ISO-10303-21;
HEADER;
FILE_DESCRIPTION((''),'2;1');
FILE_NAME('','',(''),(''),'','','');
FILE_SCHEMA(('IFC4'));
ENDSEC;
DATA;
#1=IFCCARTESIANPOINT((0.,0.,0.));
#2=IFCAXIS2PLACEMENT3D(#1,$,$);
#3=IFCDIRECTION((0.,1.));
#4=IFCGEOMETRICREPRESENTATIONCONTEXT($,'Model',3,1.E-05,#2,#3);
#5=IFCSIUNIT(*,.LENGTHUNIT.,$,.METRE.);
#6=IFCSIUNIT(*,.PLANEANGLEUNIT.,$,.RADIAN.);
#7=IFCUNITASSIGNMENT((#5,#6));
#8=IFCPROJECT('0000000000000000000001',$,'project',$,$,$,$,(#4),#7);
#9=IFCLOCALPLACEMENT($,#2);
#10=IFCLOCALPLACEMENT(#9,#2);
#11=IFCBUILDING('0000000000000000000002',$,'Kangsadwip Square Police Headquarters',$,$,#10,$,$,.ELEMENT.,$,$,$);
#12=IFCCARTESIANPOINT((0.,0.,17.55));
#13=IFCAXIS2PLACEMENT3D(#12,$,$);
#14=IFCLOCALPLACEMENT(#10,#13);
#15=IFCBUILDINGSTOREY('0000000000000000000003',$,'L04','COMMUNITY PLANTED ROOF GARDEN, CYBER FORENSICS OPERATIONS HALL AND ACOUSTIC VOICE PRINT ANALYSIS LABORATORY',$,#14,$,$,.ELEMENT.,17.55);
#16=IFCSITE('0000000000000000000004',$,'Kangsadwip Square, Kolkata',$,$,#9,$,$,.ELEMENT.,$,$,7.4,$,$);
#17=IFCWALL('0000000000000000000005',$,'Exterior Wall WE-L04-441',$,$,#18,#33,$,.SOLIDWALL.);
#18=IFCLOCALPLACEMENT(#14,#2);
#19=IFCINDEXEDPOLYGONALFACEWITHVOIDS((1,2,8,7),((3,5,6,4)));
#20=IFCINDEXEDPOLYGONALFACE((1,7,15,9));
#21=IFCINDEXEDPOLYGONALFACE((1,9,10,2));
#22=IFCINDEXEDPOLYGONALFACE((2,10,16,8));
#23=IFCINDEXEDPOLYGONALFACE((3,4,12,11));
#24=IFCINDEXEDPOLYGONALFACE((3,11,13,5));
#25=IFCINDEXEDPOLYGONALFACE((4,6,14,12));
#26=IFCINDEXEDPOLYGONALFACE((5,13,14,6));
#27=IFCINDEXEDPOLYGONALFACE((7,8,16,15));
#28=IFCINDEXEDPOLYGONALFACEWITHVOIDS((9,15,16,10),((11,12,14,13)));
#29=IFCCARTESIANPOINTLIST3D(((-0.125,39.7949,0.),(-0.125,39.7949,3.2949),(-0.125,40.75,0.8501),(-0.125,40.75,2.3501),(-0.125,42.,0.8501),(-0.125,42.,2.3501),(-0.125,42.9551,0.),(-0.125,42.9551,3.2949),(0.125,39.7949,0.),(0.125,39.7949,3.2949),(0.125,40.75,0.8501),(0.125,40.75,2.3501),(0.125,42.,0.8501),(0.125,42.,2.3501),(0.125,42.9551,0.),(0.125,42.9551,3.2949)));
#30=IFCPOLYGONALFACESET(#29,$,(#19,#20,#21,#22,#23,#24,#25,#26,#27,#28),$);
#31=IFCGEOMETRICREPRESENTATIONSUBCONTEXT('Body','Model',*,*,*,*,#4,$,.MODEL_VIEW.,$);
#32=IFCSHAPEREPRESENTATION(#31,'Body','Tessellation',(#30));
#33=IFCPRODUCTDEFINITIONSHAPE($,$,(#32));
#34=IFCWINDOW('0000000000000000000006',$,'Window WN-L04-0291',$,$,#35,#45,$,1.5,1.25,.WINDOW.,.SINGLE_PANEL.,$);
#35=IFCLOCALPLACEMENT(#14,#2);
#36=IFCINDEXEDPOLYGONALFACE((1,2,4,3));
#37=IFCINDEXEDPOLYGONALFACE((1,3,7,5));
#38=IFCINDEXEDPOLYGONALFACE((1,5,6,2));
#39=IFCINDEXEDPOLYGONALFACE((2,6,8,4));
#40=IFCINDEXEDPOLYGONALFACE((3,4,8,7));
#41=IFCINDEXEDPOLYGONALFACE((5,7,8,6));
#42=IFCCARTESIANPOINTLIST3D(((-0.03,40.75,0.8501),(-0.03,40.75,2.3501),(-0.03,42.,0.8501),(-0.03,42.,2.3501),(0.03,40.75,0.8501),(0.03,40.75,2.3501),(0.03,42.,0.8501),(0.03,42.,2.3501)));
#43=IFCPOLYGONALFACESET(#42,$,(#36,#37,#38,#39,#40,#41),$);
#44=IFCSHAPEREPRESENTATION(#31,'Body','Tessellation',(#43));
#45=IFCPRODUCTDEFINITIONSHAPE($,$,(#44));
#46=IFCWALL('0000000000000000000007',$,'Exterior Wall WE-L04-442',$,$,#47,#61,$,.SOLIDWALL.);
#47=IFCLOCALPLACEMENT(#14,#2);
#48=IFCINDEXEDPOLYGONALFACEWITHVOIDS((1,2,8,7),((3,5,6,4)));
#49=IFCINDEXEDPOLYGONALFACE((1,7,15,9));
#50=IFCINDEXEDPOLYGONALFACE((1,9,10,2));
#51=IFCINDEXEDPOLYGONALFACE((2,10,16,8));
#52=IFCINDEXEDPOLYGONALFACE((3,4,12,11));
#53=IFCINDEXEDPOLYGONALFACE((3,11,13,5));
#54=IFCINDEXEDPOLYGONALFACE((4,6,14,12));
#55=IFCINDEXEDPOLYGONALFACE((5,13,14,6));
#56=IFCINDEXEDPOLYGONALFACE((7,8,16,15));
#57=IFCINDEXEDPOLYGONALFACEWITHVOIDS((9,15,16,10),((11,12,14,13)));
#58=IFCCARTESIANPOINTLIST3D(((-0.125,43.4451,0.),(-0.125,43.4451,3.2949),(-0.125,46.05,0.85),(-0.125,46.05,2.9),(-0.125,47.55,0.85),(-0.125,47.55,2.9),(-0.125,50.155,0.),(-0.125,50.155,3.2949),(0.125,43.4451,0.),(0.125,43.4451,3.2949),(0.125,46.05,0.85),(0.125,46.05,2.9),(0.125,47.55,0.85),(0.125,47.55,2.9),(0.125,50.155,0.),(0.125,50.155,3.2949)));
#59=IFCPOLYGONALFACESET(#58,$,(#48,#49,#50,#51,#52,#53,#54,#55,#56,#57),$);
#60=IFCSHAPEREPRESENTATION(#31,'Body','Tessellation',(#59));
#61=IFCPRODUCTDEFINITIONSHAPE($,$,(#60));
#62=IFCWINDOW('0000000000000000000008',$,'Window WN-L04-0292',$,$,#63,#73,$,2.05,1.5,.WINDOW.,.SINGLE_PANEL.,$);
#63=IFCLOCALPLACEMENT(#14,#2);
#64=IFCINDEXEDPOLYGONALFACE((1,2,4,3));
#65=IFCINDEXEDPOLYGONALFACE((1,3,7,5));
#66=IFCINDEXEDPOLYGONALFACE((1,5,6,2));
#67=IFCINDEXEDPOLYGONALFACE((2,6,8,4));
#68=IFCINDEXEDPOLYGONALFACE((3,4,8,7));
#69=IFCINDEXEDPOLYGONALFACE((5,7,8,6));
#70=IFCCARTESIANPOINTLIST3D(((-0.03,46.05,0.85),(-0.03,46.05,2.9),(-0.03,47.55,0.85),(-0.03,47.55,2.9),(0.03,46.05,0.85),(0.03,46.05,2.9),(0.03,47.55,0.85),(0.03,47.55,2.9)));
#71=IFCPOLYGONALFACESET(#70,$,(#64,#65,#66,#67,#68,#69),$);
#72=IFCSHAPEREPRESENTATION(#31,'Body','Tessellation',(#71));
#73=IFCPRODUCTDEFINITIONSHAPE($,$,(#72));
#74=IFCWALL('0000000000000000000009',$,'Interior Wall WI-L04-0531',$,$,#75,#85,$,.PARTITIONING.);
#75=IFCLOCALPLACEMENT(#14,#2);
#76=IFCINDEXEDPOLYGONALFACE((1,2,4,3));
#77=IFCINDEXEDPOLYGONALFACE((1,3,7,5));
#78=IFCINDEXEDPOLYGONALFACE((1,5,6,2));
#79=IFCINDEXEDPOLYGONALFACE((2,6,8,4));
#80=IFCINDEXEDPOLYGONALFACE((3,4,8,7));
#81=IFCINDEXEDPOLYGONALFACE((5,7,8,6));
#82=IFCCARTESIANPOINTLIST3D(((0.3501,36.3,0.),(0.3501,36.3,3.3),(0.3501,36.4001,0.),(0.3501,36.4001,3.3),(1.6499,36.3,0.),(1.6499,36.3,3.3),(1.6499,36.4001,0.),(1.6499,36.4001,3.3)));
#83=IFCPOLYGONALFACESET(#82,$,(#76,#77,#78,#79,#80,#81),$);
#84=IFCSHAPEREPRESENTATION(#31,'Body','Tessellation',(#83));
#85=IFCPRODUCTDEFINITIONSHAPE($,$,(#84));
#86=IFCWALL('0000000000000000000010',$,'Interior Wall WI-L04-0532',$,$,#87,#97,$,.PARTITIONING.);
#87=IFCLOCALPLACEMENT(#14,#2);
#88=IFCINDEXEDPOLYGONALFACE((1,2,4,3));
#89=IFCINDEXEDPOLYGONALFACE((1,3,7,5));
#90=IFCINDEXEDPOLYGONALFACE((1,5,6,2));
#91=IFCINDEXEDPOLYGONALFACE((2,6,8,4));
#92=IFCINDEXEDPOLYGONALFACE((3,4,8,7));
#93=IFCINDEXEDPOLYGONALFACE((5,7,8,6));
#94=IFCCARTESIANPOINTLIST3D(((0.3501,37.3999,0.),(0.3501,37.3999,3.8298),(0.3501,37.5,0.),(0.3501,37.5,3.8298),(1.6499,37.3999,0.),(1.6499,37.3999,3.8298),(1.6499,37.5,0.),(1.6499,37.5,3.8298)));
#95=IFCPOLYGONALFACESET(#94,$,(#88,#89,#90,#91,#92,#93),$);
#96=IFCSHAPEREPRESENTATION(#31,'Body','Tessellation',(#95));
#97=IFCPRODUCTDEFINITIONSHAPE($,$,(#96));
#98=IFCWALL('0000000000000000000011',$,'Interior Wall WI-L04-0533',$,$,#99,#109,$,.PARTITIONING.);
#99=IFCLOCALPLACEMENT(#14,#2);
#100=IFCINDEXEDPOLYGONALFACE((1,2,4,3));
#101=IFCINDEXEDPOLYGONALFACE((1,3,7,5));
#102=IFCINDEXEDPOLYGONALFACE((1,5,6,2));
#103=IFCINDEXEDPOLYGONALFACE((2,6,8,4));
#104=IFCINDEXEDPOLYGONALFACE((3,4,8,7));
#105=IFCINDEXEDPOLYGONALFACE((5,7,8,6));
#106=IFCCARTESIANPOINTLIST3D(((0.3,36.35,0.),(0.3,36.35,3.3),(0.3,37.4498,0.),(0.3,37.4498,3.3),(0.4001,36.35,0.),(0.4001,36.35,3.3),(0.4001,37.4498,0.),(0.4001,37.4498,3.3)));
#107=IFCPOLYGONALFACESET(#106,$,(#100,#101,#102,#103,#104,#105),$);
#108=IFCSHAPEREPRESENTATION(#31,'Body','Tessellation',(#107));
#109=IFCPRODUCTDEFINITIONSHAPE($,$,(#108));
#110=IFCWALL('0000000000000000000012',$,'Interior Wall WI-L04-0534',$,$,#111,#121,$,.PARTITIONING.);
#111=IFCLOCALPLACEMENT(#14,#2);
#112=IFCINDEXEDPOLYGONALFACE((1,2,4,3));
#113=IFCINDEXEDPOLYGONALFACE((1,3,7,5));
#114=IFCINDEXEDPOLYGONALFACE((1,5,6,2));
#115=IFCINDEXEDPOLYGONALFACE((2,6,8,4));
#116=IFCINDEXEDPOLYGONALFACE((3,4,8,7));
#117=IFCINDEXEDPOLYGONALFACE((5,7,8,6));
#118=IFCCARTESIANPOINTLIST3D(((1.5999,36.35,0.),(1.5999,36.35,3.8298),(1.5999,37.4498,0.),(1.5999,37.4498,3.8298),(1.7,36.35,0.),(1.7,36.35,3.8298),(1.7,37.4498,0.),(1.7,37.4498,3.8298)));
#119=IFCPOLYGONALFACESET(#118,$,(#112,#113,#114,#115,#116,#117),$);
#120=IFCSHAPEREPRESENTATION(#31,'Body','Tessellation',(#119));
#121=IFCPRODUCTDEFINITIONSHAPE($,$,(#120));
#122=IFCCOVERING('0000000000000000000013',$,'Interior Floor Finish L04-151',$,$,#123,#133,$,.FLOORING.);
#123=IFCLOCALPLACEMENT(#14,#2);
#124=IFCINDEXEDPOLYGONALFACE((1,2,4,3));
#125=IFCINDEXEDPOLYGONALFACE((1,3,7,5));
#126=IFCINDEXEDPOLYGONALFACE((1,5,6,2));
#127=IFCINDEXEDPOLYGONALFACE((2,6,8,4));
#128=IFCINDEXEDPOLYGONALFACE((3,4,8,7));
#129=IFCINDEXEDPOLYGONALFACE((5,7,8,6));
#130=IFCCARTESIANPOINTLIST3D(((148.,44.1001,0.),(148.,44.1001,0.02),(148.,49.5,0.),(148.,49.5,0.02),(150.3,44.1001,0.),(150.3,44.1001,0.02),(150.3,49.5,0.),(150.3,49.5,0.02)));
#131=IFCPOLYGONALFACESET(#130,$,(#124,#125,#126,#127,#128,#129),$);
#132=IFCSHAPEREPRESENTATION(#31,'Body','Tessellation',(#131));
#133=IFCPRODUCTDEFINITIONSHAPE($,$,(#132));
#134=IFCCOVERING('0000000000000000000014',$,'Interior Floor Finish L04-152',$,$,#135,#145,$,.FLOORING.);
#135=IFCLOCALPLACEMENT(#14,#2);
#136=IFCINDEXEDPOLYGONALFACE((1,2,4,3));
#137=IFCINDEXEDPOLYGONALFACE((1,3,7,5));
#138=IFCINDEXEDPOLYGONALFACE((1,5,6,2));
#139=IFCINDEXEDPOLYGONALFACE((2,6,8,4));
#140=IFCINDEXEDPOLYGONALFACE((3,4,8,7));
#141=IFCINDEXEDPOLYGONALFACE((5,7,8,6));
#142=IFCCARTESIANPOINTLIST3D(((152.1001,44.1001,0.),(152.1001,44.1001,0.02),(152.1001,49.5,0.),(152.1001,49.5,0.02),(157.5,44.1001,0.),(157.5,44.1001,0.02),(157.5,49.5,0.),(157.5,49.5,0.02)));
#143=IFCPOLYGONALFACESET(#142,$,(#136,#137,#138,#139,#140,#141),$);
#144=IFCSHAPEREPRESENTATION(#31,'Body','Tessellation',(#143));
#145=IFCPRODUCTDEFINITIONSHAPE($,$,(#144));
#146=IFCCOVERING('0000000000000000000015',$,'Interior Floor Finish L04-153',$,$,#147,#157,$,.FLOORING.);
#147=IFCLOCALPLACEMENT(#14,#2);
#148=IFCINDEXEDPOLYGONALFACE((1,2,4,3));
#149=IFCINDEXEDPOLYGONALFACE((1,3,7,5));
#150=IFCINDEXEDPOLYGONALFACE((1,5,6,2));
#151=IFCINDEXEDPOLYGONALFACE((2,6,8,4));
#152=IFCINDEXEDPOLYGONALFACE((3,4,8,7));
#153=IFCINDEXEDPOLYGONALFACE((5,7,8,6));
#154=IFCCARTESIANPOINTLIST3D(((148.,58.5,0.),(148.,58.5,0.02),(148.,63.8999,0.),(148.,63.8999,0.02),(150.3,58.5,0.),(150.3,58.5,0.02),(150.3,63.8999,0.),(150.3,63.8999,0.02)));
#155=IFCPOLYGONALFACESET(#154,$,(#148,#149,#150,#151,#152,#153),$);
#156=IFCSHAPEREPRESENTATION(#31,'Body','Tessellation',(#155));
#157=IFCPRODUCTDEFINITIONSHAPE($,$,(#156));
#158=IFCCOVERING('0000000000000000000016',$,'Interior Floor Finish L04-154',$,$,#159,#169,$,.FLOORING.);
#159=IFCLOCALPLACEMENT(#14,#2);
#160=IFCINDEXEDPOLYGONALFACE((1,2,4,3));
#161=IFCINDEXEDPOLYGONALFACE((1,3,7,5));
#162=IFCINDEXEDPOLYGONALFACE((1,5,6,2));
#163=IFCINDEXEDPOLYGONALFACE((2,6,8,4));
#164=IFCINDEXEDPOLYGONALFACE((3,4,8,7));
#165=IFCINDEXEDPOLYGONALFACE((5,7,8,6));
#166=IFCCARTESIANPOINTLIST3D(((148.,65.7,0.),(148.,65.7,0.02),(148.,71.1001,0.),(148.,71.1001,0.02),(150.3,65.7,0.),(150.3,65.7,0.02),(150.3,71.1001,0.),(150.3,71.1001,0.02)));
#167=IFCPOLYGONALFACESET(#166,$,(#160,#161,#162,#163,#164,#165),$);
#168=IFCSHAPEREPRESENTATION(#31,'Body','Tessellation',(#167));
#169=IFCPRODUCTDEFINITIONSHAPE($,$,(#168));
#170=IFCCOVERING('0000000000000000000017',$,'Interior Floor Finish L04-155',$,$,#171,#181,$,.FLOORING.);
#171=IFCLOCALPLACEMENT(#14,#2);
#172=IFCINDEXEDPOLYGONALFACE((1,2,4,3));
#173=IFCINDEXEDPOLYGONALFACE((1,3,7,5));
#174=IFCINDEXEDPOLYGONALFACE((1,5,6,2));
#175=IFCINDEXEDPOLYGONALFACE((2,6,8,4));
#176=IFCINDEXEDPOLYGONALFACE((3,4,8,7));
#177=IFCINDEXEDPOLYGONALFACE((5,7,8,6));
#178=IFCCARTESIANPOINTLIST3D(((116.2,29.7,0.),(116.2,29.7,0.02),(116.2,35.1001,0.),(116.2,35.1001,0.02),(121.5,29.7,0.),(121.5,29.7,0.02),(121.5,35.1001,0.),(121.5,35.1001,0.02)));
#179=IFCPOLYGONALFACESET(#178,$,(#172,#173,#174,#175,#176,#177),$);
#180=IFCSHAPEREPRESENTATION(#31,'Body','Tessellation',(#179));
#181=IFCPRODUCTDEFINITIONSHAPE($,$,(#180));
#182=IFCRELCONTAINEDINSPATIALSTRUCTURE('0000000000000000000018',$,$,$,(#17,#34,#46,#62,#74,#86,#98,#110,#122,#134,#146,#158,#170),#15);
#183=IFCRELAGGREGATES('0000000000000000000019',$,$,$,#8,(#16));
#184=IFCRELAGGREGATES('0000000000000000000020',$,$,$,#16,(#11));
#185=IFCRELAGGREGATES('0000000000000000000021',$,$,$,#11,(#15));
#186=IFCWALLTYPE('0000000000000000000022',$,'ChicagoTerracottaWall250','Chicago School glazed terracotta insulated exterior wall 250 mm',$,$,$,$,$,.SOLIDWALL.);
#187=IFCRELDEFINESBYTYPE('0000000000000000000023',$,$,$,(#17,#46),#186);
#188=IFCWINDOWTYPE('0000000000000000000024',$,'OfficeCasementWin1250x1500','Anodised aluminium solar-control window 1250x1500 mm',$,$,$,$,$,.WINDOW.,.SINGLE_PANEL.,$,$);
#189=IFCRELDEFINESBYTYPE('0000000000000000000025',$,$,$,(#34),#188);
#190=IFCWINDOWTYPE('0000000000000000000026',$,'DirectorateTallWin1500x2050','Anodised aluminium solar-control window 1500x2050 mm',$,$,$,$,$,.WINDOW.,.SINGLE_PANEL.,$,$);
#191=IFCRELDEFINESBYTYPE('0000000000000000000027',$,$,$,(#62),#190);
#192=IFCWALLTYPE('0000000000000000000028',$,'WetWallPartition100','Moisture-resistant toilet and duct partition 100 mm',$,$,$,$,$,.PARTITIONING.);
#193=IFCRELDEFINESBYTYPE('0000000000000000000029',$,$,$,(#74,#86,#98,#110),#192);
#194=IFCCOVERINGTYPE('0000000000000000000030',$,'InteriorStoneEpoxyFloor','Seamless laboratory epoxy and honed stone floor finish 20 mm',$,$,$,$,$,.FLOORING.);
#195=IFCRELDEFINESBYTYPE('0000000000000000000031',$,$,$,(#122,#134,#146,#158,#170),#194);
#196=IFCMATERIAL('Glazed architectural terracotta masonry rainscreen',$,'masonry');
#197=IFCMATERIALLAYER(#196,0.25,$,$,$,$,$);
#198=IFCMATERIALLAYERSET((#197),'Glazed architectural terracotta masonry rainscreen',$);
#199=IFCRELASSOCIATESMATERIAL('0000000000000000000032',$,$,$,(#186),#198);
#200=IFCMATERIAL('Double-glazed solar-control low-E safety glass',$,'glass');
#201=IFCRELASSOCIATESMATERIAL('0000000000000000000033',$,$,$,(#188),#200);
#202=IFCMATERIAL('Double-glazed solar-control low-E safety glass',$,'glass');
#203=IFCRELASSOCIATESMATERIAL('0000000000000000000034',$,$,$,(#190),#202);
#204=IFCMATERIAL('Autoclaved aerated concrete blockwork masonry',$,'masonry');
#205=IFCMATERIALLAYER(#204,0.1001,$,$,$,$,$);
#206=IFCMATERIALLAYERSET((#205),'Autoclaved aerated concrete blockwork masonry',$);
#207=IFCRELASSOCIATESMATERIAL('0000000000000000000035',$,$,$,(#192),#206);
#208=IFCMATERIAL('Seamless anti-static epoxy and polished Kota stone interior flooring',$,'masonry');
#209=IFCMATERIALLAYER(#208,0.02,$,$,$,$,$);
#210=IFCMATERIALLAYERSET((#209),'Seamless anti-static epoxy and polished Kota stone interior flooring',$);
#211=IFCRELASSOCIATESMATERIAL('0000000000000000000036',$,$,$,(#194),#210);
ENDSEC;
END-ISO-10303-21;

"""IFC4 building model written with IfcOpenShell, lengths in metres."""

from ifc_helpers import new_model, si_unit, direction, frame, frame_2d, origin, place, context, subcontext, project, spatial, polyline, rectangle, outline, extrude, material, layer, layer_set, type_object, element, fill, save


model = new_model("IFC4")

# Units and contexts
model_context = context("Model", 3, precision=1e-05, world=origin(), true_north=direction((0.0, 1.0)))
body_context = subcontext(model_context, "Body", "Model", "MODEL_VIEW")
ifc_project = project(units=[si_unit("LENGTHUNIT", "METRE"), si_unit("PLANEANGLEUNIT", "RADIAN")], contexts=[model_context])

# Site, building, storey
site_placement = place(None, origin())
site = spatial("IfcSite", under=ifc_project, at=site_placement, Name="Kangsadwip Square, Kolkata", CompositionType="ELEMENT", RefElevation=7.4)
building_placement = place(site_placement, origin())
building = spatial("IfcBuilding", under=site, at=building_placement, Name="Kangsadwip Square Police Headquarters", CompositionType="ELEMENT")
storey_placement = place(building_placement, frame((0.0, 0.0, 17.55)))
storey = spatial("IfcBuildingStorey", under=building, at=storey_placement, Name="L04", Description="COMMUNITY PLANTED ROOF GARDEN, CYBER FORENSICS OPERATIONS HALL AND ACOUSTIC VOICE PRINT ANALYSIS LABORATORY", CompositionType="ELEMENT", Elevation=17.55)

# Walls, openings, windows
ifc_material_1 = material(Name="Glazed architectural terracotta masonry rainscreen", Category="masonry")
ifc_layer_1 = layer(ifc_material_1, 0.25)
ifc_layer_set_1 = layer_set([ifc_layer_1], Name="Glazed architectural terracotta masonry rainscreen")
wall_type_1 = type_object("IfcWallType", Name="ChicagoTerracottaWall250", Description="Chicago School glazed terracotta insulated exterior wall 250 mm", PredefinedType="SOLIDWALL", material=ifc_layer_set_1)
ifc_material_2 = material(Name="Double-glazed solar-control low-E safety glass", Category="glass")
window_type_1 = type_object("IfcWindowType", Name="OfficeCasementWin1250x1500", Description="Anodised aluminium solar-control window 1250x1500 mm", PartitioningType="SINGLE_PANEL", PredefinedType="WINDOW", material=ifc_material_2)
wall_1_placement = place(storey_placement, frame((0.0, 39.7949, 0.0), z_axis=(0.0, 0.0, 1.0), x_axis=(0.0, 1.0, 0.0)))
wall_1 = element("IfcWall", 1, at=wall_1_placement, inside=storey, type_object=wall_type_1, Name="Exterior Wall WE-L04-441", PredefinedType="SOLIDWALL", context=body_context, shape_type="SweptSolid", body=[
    extrude(rectangle(XDim=3.1602, YDim=0.25, at=frame_2d((1.5801, 0.0))), origin(), (0.0, 0.0, 1.0), 3.2949),
])
opening_1_placement = place(wall_1_placement, frame((0.9551, 0.0, 0.8501)))
opening_1 = element("IfcOpeningElement", 2, at=opening_1_placement, cuts=wall_1, PredefinedType="OPENING", context=body_context, shape_type="SweptSolid", body=[
    extrude(rectangle(XDim=1.25, YDim=1.5, at=frame_2d((0.625, 0.75))), frame((0.0, 0.135, 0.0), z_axis=(0.0, -1.0, 0.0), x_axis=(1.0, 0.0, 0.0)), (0.0, 0.0, 1.0), 0.27),
])
window_1_placement = place(opening_1_placement, origin())
window_1 = element("IfcWindow", 3, at=window_1_placement, inside=storey, type_object=window_type_1, Name="Window WN-L04-0291", OverallHeight=1.5, OverallWidth=1.25, PartitioningType="SINGLE_PANEL", PredefinedType="WINDOW", context=body_context, shape_type="SweptSolid", body=[
    extrude(rectangle(XDim=1.25, YDim=1.5, at=frame_2d((0.625, 0.75))), frame((0.0, 0.03, 0.0), z_axis=(0.0, -1.0, 0.0), x_axis=(1.0, 0.0, 0.0)), (0.0, 0.0, 1.0), 0.0601),
])
fill(opening_1, window_1)
wall_2_placement = place(storey_placement, frame((0.0, 43.4451, 0.0), z_axis=(0.0, 0.0, 1.0), x_axis=(0.0, 1.0, 0.0)))
wall_2 = element("IfcWall", 4, at=wall_2_placement, inside=storey, type_object=wall_type_1, Name="Exterior Wall WE-L04-442", PredefinedType="SOLIDWALL", context=body_context, shape_type="SweptSolid", body=[
    extrude(rectangle(XDim=6.71, YDim=0.25, at=frame_2d((3.355, 0.0))), origin(), (0.0, 0.0, 1.0), 3.2949),
])
opening_2_placement = place(wall_2_placement, frame((2.605, 0.0, 0.8501)))
opening_2 = element("IfcOpeningElement", 5, at=opening_2_placement, cuts=wall_2, PredefinedType="OPENING", context=body_context, shape_type="SweptSolid", body=[
    extrude(rectangle(XDim=1.5, YDim=2.05, at=frame_2d((0.75, 1.0249))), frame((0.0, 0.135, 0.0), z_axis=(0.0, -1.0, 0.0), x_axis=(1.0, 0.0, 0.0)), (0.0, 0.0, 1.0), 0.27),
])
ifc_material_3 = material(Name="Double-glazed solar-control low-E safety glass", Category="glass")
window_type_2 = type_object("IfcWindowType", Name="DirectorateTallWin1500x2050", Description="Anodised aluminium solar-control window 1500x2050 mm", PartitioningType="SINGLE_PANEL", PredefinedType="WINDOW", material=ifc_material_3)
window_2_placement = place(opening_2_placement, origin())
window_2 = element("IfcWindow", 6, at=window_2_placement, inside=storey, type_object=window_type_2, Name="Window WN-L04-0292", OverallHeight=2.05, OverallWidth=1.5, PartitioningType="SINGLE_PANEL", PredefinedType="WINDOW", context=body_context, shape_type="SweptSolid", body=[
    extrude(rectangle(XDim=1.5, YDim=2.05, at=frame_2d((0.75, 1.0249))), frame((0.0, 0.03, 0.0), z_axis=(0.0, -1.0, 0.0), x_axis=(1.0, 0.0, 0.0)), (0.0, 0.0, 1.0), 0.0601),
])
fill(opening_2, window_2)

# Walls
ifc_material_4 = material(Name="Autoclaved aerated concrete blockwork masonry", Category="masonry")
ifc_layer_2 = layer(ifc_material_4, 0.1001)
ifc_layer_set_2 = layer_set([ifc_layer_2], Name="Autoclaved aerated concrete blockwork masonry")
wall_type_2 = type_object("IfcWallType", Name="WetWallPartition100", Description="Moisture-resistant toilet and duct partition 100 mm", PredefinedType="PARTITIONING", material=ifc_layer_set_2)
wall_3_placement = place(storey_placement, frame((0.3501, 36.3501, 0.0), z_axis=(0.0, 0.0, 1.0), x_axis=(1.0, 0.0, 0.0)))
element("IfcWall", 7, at=wall_3_placement, inside=storey, type_object=wall_type_2, Name="Interior Wall WI-L04-0531", PredefinedType="PARTITIONING", context=body_context, shape_type="SweptSolid", body=[
    extrude(rectangle(XDim=1.2998, YDim=0.1001, at=frame_2d((0.6499, 0.0))), origin(), (0.0, 0.0, 1.0), 3.3),
])
wall_4_placement = place(storey_placement, frame((0.3501, 37.45, 0.0), z_axis=(0.0, 0.0, 1.0), x_axis=(1.0, 0.0, 0.0)))
element("IfcWall", 8, at=wall_4_placement, inside=storey, type_object=wall_type_2, Name="Interior Wall WI-L04-0532", PredefinedType="PARTITIONING", context=body_context, shape_type="SweptSolid", body=[
    extrude(rectangle(XDim=1.2998, YDim=0.1001, at=frame_2d((0.6499, 0.0))), origin(), (0.0, 0.0, 1.0), 3.8298),
])
wall_5_placement = place(storey_placement, frame((0.3501, 36.3501, 0.0), z_axis=(0.0, 0.0, 1.0), x_axis=(0.0, 1.0, 0.0)))
element("IfcWall", 9, at=wall_5_placement, inside=storey, type_object=wall_type_2, Name="Interior Wall WI-L04-0533", PredefinedType="PARTITIONING", context=body_context, shape_type="SweptSolid", body=[
    extrude(rectangle(XDim=1.0999, YDim=0.1001, at=frame_2d((0.5498, 0.0))), origin(), (0.0, 0.0, 1.0), 3.3),
])
wall_6_placement = place(storey_placement, frame((1.6499, 36.3501, 0.0), z_axis=(0.0, 0.0, 1.0), x_axis=(0.0, 1.0, 0.0)))
element("IfcWall", 10, at=wall_6_placement, inside=storey, type_object=wall_type_2, Name="Interior Wall WI-L04-0534", PredefinedType="PARTITIONING", context=body_context, shape_type="SweptSolid", body=[
    extrude(rectangle(XDim=1.0999, YDim=0.1001, at=frame_2d((0.5498, 0.0))), origin(), (0.0, 0.0, 1.0), 3.8298),
])

# Coverings
ifc_material_5 = material(Name="Seamless anti-static epoxy and polished Kota stone interior flooring", Category="masonry")
ifc_layer_3 = layer(ifc_material_5, 0.02)
ifc_layer_set_3 = layer_set([ifc_layer_3], Name="Seamless anti-static epoxy and polished Kota stone interior flooring")
covering_type_1 = type_object("IfcCoveringType", Name="InteriorStoneEpoxyFloor", Description="Seamless laboratory epoxy and honed stone floor finish 20 mm", PredefinedType="FLOORING", material=ifc_layer_set_3)
covering_1_placement = place(storey_placement, origin())
element("IfcCovering", 11, at=covering_1_placement, inside=storey, type_object=covering_type_1, Name="Interior Floor Finish L04-151", PredefinedType="FLOORING", context=body_context, shape_type="SweptSolid", body=[
    extrude(outline(polyline([(148.0, 44.1001), (150.3, 44.1001), (150.3, 49.5), (148.0, 49.5), (148.0, 44.1001)])), origin(), (0.0, 0.0, 1.0), 0.02),
])
covering_2_placement = place(storey_placement, origin())
element("IfcCovering", 12, at=covering_2_placement, inside=storey, type_object=covering_type_1, Name="Interior Floor Finish L04-152", PredefinedType="FLOORING", context=body_context, shape_type="SweptSolid", body=[
    extrude(outline(polyline([(152.1001, 44.1001), (157.5, 44.1001), (157.5, 49.5), (152.1001, 49.5), (152.1001, 44.1001)])), origin(), (0.0, 0.0, 1.0), 0.02),
])
covering_3_placement = place(storey_placement, origin())
element("IfcCovering", 13, at=covering_3_placement, inside=storey, type_object=covering_type_1, Name="Interior Floor Finish L04-153", PredefinedType="FLOORING", context=body_context, shape_type="SweptSolid", body=[
    extrude(outline(polyline([(148.0, 58.5), (150.3, 58.5), (150.3, 63.8999), (148.0, 63.8999), (148.0, 58.5)])), origin(), (0.0, 0.0, 1.0), 0.02),
])
covering_4_placement = place(storey_placement, origin())
element("IfcCovering", 14, at=covering_4_placement, inside=storey, type_object=covering_type_1, Name="Interior Floor Finish L04-154", PredefinedType="FLOORING", context=body_context, shape_type="SweptSolid", body=[
    extrude(outline(polyline([(148.0, 65.7), (150.3, 65.7), (150.3, 71.1001), (148.0, 71.1001), (148.0, 65.7)])), origin(), (0.0, 0.0, 1.0), 0.02),
])
covering_5_placement = place(storey_placement, origin())
element("IfcCovering", 15, at=covering_5_placement, inside=storey, type_object=covering_type_1, Name="Interior Floor Finish L04-155", PredefinedType="FLOORING", context=body_context, shape_type="SweptSolid", body=[
    extrude(outline(polyline([(116.2, 29.7), (121.5, 29.7), (121.5, 35.1001), (116.2, 35.1001), (116.2, 29.7)])), origin(), (0.0, 0.0, 1.0), 0.02),
])

save(model, "model.ifc")
